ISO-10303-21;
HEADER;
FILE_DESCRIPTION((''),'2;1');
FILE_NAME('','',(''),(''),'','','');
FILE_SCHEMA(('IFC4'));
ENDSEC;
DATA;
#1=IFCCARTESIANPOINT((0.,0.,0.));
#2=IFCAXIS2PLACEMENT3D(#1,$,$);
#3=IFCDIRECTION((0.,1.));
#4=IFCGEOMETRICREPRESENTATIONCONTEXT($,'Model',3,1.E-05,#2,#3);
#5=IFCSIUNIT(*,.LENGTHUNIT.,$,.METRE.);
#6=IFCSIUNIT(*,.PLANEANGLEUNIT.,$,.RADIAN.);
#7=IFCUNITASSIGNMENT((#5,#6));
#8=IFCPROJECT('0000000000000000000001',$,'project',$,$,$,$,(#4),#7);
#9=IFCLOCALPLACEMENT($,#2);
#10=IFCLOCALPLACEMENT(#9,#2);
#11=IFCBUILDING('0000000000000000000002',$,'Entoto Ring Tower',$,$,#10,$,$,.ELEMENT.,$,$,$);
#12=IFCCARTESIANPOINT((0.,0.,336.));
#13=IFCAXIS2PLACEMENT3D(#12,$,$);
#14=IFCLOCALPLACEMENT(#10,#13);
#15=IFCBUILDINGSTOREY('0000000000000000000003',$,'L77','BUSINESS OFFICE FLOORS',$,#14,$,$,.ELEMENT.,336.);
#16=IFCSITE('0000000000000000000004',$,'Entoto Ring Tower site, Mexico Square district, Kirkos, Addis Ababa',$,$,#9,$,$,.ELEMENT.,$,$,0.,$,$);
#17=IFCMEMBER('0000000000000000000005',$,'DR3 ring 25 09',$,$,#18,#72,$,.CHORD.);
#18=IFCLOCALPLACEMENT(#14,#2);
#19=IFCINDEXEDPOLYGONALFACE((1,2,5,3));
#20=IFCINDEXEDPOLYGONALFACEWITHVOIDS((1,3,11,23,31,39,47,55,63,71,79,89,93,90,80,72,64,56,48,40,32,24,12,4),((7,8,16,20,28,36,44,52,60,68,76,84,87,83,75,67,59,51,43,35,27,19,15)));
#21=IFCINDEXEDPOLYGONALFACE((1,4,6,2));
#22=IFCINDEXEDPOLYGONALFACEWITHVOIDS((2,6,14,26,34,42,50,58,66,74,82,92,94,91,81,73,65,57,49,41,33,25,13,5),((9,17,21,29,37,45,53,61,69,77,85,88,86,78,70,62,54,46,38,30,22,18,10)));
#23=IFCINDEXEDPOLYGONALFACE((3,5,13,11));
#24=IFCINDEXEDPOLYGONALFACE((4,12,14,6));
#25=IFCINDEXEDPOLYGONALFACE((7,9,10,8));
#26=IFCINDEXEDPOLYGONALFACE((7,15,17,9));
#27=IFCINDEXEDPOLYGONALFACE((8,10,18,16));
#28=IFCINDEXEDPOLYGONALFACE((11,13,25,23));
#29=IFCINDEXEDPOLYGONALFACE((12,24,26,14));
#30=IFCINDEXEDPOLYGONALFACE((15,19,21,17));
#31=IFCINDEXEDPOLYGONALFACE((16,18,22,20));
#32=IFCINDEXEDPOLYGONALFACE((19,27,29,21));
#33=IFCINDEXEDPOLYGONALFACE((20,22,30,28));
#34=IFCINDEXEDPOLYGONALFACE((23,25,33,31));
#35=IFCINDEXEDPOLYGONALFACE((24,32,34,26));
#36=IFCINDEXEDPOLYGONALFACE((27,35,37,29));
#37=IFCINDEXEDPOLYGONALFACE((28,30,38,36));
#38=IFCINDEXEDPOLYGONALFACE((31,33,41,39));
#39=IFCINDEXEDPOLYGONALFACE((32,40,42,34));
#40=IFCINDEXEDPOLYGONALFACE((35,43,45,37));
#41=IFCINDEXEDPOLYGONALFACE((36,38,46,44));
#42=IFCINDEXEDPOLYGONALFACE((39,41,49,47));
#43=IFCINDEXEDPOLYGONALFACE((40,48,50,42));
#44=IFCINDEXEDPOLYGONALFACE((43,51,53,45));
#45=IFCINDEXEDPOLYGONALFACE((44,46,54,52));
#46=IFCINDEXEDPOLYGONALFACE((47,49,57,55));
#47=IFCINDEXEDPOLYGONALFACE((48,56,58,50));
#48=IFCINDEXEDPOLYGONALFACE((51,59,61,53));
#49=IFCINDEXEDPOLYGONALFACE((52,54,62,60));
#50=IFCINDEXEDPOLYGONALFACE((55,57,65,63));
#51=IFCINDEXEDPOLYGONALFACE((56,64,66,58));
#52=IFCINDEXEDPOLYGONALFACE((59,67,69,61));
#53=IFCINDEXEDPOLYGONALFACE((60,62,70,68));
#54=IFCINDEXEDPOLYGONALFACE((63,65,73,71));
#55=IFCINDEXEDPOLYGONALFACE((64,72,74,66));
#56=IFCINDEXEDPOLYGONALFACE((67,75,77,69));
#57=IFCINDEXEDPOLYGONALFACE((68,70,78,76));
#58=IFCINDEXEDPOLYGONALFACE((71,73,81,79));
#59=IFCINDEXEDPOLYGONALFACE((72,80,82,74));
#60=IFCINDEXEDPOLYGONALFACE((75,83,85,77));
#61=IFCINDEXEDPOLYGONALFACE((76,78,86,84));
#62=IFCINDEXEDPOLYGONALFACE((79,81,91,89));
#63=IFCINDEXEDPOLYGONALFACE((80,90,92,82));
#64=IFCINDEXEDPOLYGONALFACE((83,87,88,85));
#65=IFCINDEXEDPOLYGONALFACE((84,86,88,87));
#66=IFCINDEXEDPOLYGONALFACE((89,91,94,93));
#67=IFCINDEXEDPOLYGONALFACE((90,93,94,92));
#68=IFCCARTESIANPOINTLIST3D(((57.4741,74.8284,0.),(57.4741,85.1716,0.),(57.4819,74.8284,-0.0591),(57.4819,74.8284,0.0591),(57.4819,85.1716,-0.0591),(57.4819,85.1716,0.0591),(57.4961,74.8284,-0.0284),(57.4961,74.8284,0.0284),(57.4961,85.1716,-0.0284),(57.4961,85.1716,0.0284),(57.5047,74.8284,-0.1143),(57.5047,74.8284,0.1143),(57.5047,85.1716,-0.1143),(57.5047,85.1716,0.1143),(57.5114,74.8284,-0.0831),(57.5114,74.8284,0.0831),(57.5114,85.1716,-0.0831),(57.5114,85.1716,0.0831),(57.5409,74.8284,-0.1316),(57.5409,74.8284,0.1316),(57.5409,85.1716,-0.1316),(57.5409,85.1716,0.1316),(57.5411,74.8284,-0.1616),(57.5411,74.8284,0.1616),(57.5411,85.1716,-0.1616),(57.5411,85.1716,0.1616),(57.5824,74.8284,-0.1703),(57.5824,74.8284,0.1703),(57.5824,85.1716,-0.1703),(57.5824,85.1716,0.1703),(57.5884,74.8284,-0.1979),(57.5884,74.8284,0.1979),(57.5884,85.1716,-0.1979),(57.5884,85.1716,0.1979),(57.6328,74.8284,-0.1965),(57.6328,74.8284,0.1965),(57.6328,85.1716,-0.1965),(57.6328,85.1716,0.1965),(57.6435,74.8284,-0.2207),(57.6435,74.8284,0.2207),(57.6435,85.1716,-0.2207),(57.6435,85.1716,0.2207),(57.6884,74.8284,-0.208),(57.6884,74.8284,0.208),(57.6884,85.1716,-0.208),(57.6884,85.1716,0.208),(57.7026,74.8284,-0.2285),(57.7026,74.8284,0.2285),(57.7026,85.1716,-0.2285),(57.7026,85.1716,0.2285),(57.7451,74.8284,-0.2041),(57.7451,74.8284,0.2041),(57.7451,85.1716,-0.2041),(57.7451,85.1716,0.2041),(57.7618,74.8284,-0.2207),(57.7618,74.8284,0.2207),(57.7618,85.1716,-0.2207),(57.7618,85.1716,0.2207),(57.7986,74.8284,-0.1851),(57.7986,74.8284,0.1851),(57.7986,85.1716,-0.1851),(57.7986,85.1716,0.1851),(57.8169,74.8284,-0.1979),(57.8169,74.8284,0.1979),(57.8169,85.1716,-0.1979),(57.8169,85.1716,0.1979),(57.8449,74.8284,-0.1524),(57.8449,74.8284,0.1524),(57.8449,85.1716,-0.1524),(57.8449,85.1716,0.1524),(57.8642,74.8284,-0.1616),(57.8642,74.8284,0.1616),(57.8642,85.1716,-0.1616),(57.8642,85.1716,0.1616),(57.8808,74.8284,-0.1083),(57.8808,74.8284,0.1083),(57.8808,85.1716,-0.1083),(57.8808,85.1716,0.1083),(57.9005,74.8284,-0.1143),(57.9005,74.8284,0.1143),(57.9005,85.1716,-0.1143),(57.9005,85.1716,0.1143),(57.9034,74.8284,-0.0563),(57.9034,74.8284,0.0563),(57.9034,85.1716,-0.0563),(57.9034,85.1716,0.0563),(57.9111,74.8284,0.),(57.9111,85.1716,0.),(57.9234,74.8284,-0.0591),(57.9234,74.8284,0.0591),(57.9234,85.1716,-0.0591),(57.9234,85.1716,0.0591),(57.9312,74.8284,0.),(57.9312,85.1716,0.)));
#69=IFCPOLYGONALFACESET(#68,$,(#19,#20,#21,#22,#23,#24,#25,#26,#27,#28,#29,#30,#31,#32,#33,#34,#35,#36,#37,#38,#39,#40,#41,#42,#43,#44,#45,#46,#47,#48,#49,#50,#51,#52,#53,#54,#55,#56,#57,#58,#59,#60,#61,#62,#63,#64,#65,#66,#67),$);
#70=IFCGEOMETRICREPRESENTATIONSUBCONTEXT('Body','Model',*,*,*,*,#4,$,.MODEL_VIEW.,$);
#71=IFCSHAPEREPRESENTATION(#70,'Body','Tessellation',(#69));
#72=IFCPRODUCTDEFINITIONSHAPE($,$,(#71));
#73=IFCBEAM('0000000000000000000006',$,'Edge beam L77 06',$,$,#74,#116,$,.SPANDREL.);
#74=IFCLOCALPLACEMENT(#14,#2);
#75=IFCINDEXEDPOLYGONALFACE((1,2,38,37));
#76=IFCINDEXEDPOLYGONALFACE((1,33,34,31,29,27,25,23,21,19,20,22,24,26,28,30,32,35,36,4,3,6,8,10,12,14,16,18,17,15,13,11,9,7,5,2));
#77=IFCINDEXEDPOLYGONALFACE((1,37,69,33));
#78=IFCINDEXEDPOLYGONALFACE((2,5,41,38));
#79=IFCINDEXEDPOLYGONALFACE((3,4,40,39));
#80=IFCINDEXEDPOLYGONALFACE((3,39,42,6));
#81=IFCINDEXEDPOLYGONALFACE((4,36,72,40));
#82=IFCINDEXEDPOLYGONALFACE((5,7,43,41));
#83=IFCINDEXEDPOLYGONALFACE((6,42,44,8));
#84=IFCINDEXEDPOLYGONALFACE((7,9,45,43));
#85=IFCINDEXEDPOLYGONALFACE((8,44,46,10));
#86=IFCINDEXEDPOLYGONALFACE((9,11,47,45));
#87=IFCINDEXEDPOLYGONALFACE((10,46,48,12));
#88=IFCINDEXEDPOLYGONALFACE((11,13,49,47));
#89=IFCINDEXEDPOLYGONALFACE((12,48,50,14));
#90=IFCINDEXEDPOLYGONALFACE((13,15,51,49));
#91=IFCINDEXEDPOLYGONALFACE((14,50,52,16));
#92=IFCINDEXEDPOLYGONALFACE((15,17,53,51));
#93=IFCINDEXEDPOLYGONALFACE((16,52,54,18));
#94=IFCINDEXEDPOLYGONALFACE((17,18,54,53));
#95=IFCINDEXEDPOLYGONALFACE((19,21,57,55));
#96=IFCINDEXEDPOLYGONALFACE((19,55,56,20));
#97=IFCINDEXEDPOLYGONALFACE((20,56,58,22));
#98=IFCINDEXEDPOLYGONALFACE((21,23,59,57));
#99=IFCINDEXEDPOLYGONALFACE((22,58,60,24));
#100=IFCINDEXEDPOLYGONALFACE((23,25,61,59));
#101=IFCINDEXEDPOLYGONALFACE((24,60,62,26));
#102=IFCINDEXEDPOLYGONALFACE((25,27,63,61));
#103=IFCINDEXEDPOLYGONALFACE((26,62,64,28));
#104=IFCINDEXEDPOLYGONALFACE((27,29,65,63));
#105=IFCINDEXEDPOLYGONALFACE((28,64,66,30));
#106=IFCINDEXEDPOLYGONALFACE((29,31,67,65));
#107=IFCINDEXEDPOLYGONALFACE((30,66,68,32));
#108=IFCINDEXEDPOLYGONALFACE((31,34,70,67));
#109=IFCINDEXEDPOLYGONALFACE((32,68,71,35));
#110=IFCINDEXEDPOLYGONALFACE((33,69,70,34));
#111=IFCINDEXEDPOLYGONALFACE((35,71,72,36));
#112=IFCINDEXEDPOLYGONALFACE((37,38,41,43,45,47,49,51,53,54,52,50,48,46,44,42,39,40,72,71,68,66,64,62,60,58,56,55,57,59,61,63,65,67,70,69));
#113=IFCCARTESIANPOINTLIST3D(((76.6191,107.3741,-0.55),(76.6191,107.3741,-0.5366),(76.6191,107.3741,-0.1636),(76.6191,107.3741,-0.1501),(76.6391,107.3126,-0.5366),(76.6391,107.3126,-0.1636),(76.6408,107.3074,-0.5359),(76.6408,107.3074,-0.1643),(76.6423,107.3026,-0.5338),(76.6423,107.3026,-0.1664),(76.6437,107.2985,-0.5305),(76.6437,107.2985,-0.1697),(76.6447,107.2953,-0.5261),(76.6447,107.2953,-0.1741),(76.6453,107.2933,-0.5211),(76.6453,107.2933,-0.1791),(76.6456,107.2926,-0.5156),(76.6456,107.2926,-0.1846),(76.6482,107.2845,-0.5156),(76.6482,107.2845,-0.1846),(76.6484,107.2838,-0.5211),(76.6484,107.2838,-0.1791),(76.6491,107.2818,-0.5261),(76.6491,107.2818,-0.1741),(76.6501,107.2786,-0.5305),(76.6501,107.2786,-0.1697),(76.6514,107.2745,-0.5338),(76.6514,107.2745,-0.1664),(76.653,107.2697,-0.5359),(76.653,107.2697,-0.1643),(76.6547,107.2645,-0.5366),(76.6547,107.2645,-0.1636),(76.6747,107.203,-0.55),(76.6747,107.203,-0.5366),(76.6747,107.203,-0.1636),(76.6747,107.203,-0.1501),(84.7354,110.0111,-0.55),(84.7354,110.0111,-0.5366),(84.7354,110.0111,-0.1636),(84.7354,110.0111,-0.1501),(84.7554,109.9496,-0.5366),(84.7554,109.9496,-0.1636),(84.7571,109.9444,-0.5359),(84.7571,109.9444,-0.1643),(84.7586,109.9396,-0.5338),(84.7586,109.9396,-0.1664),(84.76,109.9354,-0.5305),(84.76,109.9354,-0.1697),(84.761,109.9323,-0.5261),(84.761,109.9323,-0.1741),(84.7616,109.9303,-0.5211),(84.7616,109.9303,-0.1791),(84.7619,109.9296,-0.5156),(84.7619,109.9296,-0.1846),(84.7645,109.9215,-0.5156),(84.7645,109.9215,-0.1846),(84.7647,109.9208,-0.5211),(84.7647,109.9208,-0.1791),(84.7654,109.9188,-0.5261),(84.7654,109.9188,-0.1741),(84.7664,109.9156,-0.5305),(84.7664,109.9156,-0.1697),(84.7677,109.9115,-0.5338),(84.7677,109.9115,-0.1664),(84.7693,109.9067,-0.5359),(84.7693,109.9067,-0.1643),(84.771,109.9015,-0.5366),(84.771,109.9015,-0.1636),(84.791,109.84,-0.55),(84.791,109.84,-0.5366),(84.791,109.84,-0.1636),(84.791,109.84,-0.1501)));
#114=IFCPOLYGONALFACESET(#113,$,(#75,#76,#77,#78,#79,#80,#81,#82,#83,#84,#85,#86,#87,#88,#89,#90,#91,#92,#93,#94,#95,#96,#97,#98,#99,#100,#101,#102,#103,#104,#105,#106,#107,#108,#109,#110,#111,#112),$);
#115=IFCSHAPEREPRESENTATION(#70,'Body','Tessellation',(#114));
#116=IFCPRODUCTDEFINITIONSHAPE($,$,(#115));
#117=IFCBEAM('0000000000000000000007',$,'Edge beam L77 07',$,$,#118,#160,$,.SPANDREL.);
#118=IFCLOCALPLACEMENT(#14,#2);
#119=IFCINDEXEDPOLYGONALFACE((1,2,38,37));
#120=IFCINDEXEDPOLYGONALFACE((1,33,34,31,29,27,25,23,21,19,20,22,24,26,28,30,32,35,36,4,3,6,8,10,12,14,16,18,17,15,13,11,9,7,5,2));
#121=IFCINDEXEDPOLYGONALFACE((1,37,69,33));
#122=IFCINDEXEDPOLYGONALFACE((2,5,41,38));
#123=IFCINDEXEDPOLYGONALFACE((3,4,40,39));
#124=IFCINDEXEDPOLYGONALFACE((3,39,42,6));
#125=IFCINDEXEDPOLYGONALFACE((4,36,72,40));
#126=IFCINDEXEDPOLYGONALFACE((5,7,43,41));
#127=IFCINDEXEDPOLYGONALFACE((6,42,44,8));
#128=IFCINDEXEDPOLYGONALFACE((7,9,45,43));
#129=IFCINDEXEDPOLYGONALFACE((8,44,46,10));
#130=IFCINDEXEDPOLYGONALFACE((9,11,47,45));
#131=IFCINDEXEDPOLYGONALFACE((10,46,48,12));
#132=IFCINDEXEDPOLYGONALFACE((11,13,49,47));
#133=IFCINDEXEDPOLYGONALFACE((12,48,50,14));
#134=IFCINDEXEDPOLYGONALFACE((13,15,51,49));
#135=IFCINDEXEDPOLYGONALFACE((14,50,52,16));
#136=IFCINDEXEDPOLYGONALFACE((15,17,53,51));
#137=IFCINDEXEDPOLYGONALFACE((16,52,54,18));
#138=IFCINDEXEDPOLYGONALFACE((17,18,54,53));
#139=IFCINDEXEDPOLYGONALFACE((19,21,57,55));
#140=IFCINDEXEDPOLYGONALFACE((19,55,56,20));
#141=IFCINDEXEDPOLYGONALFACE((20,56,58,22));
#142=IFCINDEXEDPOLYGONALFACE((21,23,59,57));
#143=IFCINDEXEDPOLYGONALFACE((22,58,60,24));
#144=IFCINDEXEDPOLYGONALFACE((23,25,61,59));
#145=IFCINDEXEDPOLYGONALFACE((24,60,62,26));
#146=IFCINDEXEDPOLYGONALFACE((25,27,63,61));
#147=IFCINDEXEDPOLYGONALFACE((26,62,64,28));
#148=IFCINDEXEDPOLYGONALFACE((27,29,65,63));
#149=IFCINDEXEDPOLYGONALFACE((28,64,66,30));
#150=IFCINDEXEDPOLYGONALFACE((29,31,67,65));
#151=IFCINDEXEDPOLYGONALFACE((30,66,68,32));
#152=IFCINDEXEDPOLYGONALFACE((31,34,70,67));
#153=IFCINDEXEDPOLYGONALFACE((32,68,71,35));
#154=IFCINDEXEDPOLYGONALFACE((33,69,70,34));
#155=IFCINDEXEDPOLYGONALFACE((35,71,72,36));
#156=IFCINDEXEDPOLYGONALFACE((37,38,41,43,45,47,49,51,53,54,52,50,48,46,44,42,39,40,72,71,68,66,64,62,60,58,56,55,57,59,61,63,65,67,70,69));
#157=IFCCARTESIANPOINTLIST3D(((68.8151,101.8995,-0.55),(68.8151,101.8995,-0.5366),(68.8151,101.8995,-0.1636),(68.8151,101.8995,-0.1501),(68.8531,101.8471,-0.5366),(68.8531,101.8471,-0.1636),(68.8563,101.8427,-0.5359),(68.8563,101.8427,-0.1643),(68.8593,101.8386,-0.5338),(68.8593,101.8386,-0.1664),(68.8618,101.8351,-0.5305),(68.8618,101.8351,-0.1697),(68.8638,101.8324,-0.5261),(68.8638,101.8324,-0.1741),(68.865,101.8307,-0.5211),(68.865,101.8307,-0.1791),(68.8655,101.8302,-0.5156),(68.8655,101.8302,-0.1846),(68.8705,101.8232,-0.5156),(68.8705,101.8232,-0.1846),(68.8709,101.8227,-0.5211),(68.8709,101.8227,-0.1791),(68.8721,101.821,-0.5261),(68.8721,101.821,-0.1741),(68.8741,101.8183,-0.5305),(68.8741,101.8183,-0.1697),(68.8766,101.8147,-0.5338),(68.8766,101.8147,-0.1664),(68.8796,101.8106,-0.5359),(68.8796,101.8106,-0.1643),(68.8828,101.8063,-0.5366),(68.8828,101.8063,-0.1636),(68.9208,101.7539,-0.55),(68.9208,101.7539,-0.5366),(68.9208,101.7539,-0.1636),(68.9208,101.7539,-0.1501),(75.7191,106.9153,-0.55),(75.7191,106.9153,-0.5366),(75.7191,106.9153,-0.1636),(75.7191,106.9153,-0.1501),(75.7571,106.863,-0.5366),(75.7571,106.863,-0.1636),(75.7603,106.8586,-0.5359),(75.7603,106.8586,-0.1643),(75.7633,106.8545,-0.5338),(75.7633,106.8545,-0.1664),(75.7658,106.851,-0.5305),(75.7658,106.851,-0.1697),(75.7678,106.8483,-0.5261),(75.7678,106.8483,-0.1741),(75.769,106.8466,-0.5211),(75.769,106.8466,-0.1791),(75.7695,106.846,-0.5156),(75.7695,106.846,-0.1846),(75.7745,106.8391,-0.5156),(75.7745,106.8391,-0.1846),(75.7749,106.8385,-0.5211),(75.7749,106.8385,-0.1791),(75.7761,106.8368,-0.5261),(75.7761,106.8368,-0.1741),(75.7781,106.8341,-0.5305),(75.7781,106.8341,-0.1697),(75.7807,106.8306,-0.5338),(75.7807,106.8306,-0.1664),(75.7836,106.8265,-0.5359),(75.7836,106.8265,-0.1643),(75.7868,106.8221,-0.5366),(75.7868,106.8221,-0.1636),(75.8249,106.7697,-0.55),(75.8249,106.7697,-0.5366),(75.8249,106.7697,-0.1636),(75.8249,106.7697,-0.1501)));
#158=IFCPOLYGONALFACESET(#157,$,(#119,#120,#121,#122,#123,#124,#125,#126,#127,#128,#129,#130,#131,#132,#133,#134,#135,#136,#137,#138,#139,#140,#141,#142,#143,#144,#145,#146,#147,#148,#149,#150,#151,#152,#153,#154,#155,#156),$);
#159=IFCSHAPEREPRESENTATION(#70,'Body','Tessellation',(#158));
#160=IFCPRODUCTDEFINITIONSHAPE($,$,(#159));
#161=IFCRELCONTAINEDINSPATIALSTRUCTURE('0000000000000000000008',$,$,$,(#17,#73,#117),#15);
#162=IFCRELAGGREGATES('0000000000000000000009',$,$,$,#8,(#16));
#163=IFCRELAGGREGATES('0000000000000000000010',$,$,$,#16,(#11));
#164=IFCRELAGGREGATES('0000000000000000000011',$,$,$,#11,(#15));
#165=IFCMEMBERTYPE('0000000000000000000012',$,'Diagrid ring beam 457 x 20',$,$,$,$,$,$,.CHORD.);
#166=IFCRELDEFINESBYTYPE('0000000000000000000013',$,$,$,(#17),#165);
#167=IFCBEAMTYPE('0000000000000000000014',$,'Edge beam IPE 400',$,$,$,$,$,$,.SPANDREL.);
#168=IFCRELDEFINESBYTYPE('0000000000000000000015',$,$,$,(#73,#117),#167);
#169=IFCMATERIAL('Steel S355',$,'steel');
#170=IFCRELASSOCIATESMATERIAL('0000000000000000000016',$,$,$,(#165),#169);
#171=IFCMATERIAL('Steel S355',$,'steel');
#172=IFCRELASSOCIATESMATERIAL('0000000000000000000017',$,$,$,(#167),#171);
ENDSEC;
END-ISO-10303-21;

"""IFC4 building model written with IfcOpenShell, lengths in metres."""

from ifc_helpers import new_model, si_unit, direction, frame, origin, origin_2d, place, context, subcontext, project, spatial, circle, hollow_circle, i_section, extrude, material, material_profile, profile_set, type_object, element, save


model = new_model("IFC4")

# Units and contexts
model_context = context("Model", 3, precision=1e-05, world=origin(), true_north=direction((0.0, 1.0)))
body_context = subcontext(model_context, "Body", "Model", "MODEL_VIEW")
ifc_project = project(units=[si_unit("LENGTHUNIT", "METRE"), si_unit("PLANEANGLEUNIT", "RADIAN")], contexts=[model_context])

# Site, building, storey
site_placement = place(None, origin())
site = spatial("IfcSite", under=ifc_project, at=site_placement, Name="Entoto Ring Tower site, Mexico Square district, Kirkos, Addis Ababa", CompositionType="ELEMENT", RefElevation=0.0)
building_placement = place(site_placement, origin())
building = spatial("IfcBuilding", under=site, at=building_placement, Name="Entoto Ring Tower", CompositionType="ELEMENT")
storey_placement = place(building_placement, frame((0.0, 0.0, 336.0)))
storey = spatial("IfcBuildingStorey", under=building, at=storey_placement, Name="L77", Description="BUSINESS OFFICE FLOORS", CompositionType="ELEMENT", Elevation=336.0)

# Member
ifc_material_1 = material(Name="Steel S355", Category="steel")
ifc_material_profile_1 = material_profile(ifc_material_1, hollow_circle(Radius=0.2285, WallThickness=0.02, at=origin_2d()), Name="CHS 457 x 20")
ifc_material_2 = material(Name="Concrete C60/75", Category="concrete")
ifc_material_profile_2 = material_profile(ifc_material_2, circle(Radius=0.2085, at=origin_2d()), Name="Concrete C60/75 infill")
ifc_profile_set_1 = profile_set([ifc_material_profile_1, ifc_material_profile_2], Name="Steel S355")
member_type_1 = type_object("IfcMemberType", Name="Diagrid ring beam 457 x 20", PredefinedType="CHORD", material=ifc_profile_set_1)
member_1_placement = place(storey_placement, frame((57.7026, 85.1716, 0.0), z_axis=(0.0, -1.0, 0.0), x_axis=(1.0, 0.0, 0.0)))
element("IfcMember", 1, at=member_1_placement, inside=storey, type_object=member_type_1, Name="DR3 ring 25 09", PredefinedType="CHORD", context=body_context, shape_type="SweptSolid", body=[
    extrude(hollow_circle(Radius=0.2285, WallThickness=0.02, at=origin_2d()), origin(), (0.0, 0.0, 1.0), 10.3433),
])

# Beams
ifc_material_3 = material(Name="Steel S355", Category="steel")
ifc_material_profile_3 = material_profile(ifc_material_3, i_section(OverallWidth=0.1799, OverallDepth=0.3999, WebThickness=0.0085, FlangeThickness=0.0134, FilletRadius=0.021, at=origin_2d()), Name="IPE 400")
ifc_profile_set_2 = profile_set([ifc_material_profile_3], Name="Steel S355")
beam_type_1 = type_object("IfcBeamType", Name="Edge beam IPE 400", PredefinedType="SPANDREL", material=ifc_profile_set_2)
beam_1_placement = place(storey_placement, frame((84.7632, 109.9255, -0.3501), z_axis=(-0.951062, -0.309001, 0.0), x_axis=(0.309001, -0.951062, 0.0)))
element("IfcBeam", 2, at=beam_1_placement, inside=storey, type_object=beam_type_1, Name="Edge beam L77 06", PredefinedType="SPANDREL", context=body_context, shape_type="SweptSolid", body=[
    extrude(i_section(OverallWidth=0.1799, OverallDepth=0.3999, WebThickness=0.0085, FlangeThickness=0.0134, FilletRadius=0.021, at=origin_2d()), origin(), (0.0, 0.0, 1.0), 8.5339),
])
for number, where, z_axis, x_axis, name in (
    (3, (75.772, 106.8425, -0.3501), (-0.809029, -0.587768, 0.0), (0.587768, -0.809029, 0.0), "Edge beam L77 07"),
):
    element("IfcBeam", number, at=place(storey_placement, frame(where, z_axis=z_axis, x_axis=x_axis)), inside=storey, type_object=beam_type_1, Name=name, PredefinedType="SPANDREL", context=body_context, shape_type="SweptSolid", body=[
        extrude(i_section(OverallWidth=0.1799, OverallDepth=0.3999, WebThickness=0.0085, FlangeThickness=0.0134, FilletRadius=0.021, at=origin_2d()), origin(), (0.0, 0.0, 1.0), 8.5337),
    ])

save(model, "model.ifc")
